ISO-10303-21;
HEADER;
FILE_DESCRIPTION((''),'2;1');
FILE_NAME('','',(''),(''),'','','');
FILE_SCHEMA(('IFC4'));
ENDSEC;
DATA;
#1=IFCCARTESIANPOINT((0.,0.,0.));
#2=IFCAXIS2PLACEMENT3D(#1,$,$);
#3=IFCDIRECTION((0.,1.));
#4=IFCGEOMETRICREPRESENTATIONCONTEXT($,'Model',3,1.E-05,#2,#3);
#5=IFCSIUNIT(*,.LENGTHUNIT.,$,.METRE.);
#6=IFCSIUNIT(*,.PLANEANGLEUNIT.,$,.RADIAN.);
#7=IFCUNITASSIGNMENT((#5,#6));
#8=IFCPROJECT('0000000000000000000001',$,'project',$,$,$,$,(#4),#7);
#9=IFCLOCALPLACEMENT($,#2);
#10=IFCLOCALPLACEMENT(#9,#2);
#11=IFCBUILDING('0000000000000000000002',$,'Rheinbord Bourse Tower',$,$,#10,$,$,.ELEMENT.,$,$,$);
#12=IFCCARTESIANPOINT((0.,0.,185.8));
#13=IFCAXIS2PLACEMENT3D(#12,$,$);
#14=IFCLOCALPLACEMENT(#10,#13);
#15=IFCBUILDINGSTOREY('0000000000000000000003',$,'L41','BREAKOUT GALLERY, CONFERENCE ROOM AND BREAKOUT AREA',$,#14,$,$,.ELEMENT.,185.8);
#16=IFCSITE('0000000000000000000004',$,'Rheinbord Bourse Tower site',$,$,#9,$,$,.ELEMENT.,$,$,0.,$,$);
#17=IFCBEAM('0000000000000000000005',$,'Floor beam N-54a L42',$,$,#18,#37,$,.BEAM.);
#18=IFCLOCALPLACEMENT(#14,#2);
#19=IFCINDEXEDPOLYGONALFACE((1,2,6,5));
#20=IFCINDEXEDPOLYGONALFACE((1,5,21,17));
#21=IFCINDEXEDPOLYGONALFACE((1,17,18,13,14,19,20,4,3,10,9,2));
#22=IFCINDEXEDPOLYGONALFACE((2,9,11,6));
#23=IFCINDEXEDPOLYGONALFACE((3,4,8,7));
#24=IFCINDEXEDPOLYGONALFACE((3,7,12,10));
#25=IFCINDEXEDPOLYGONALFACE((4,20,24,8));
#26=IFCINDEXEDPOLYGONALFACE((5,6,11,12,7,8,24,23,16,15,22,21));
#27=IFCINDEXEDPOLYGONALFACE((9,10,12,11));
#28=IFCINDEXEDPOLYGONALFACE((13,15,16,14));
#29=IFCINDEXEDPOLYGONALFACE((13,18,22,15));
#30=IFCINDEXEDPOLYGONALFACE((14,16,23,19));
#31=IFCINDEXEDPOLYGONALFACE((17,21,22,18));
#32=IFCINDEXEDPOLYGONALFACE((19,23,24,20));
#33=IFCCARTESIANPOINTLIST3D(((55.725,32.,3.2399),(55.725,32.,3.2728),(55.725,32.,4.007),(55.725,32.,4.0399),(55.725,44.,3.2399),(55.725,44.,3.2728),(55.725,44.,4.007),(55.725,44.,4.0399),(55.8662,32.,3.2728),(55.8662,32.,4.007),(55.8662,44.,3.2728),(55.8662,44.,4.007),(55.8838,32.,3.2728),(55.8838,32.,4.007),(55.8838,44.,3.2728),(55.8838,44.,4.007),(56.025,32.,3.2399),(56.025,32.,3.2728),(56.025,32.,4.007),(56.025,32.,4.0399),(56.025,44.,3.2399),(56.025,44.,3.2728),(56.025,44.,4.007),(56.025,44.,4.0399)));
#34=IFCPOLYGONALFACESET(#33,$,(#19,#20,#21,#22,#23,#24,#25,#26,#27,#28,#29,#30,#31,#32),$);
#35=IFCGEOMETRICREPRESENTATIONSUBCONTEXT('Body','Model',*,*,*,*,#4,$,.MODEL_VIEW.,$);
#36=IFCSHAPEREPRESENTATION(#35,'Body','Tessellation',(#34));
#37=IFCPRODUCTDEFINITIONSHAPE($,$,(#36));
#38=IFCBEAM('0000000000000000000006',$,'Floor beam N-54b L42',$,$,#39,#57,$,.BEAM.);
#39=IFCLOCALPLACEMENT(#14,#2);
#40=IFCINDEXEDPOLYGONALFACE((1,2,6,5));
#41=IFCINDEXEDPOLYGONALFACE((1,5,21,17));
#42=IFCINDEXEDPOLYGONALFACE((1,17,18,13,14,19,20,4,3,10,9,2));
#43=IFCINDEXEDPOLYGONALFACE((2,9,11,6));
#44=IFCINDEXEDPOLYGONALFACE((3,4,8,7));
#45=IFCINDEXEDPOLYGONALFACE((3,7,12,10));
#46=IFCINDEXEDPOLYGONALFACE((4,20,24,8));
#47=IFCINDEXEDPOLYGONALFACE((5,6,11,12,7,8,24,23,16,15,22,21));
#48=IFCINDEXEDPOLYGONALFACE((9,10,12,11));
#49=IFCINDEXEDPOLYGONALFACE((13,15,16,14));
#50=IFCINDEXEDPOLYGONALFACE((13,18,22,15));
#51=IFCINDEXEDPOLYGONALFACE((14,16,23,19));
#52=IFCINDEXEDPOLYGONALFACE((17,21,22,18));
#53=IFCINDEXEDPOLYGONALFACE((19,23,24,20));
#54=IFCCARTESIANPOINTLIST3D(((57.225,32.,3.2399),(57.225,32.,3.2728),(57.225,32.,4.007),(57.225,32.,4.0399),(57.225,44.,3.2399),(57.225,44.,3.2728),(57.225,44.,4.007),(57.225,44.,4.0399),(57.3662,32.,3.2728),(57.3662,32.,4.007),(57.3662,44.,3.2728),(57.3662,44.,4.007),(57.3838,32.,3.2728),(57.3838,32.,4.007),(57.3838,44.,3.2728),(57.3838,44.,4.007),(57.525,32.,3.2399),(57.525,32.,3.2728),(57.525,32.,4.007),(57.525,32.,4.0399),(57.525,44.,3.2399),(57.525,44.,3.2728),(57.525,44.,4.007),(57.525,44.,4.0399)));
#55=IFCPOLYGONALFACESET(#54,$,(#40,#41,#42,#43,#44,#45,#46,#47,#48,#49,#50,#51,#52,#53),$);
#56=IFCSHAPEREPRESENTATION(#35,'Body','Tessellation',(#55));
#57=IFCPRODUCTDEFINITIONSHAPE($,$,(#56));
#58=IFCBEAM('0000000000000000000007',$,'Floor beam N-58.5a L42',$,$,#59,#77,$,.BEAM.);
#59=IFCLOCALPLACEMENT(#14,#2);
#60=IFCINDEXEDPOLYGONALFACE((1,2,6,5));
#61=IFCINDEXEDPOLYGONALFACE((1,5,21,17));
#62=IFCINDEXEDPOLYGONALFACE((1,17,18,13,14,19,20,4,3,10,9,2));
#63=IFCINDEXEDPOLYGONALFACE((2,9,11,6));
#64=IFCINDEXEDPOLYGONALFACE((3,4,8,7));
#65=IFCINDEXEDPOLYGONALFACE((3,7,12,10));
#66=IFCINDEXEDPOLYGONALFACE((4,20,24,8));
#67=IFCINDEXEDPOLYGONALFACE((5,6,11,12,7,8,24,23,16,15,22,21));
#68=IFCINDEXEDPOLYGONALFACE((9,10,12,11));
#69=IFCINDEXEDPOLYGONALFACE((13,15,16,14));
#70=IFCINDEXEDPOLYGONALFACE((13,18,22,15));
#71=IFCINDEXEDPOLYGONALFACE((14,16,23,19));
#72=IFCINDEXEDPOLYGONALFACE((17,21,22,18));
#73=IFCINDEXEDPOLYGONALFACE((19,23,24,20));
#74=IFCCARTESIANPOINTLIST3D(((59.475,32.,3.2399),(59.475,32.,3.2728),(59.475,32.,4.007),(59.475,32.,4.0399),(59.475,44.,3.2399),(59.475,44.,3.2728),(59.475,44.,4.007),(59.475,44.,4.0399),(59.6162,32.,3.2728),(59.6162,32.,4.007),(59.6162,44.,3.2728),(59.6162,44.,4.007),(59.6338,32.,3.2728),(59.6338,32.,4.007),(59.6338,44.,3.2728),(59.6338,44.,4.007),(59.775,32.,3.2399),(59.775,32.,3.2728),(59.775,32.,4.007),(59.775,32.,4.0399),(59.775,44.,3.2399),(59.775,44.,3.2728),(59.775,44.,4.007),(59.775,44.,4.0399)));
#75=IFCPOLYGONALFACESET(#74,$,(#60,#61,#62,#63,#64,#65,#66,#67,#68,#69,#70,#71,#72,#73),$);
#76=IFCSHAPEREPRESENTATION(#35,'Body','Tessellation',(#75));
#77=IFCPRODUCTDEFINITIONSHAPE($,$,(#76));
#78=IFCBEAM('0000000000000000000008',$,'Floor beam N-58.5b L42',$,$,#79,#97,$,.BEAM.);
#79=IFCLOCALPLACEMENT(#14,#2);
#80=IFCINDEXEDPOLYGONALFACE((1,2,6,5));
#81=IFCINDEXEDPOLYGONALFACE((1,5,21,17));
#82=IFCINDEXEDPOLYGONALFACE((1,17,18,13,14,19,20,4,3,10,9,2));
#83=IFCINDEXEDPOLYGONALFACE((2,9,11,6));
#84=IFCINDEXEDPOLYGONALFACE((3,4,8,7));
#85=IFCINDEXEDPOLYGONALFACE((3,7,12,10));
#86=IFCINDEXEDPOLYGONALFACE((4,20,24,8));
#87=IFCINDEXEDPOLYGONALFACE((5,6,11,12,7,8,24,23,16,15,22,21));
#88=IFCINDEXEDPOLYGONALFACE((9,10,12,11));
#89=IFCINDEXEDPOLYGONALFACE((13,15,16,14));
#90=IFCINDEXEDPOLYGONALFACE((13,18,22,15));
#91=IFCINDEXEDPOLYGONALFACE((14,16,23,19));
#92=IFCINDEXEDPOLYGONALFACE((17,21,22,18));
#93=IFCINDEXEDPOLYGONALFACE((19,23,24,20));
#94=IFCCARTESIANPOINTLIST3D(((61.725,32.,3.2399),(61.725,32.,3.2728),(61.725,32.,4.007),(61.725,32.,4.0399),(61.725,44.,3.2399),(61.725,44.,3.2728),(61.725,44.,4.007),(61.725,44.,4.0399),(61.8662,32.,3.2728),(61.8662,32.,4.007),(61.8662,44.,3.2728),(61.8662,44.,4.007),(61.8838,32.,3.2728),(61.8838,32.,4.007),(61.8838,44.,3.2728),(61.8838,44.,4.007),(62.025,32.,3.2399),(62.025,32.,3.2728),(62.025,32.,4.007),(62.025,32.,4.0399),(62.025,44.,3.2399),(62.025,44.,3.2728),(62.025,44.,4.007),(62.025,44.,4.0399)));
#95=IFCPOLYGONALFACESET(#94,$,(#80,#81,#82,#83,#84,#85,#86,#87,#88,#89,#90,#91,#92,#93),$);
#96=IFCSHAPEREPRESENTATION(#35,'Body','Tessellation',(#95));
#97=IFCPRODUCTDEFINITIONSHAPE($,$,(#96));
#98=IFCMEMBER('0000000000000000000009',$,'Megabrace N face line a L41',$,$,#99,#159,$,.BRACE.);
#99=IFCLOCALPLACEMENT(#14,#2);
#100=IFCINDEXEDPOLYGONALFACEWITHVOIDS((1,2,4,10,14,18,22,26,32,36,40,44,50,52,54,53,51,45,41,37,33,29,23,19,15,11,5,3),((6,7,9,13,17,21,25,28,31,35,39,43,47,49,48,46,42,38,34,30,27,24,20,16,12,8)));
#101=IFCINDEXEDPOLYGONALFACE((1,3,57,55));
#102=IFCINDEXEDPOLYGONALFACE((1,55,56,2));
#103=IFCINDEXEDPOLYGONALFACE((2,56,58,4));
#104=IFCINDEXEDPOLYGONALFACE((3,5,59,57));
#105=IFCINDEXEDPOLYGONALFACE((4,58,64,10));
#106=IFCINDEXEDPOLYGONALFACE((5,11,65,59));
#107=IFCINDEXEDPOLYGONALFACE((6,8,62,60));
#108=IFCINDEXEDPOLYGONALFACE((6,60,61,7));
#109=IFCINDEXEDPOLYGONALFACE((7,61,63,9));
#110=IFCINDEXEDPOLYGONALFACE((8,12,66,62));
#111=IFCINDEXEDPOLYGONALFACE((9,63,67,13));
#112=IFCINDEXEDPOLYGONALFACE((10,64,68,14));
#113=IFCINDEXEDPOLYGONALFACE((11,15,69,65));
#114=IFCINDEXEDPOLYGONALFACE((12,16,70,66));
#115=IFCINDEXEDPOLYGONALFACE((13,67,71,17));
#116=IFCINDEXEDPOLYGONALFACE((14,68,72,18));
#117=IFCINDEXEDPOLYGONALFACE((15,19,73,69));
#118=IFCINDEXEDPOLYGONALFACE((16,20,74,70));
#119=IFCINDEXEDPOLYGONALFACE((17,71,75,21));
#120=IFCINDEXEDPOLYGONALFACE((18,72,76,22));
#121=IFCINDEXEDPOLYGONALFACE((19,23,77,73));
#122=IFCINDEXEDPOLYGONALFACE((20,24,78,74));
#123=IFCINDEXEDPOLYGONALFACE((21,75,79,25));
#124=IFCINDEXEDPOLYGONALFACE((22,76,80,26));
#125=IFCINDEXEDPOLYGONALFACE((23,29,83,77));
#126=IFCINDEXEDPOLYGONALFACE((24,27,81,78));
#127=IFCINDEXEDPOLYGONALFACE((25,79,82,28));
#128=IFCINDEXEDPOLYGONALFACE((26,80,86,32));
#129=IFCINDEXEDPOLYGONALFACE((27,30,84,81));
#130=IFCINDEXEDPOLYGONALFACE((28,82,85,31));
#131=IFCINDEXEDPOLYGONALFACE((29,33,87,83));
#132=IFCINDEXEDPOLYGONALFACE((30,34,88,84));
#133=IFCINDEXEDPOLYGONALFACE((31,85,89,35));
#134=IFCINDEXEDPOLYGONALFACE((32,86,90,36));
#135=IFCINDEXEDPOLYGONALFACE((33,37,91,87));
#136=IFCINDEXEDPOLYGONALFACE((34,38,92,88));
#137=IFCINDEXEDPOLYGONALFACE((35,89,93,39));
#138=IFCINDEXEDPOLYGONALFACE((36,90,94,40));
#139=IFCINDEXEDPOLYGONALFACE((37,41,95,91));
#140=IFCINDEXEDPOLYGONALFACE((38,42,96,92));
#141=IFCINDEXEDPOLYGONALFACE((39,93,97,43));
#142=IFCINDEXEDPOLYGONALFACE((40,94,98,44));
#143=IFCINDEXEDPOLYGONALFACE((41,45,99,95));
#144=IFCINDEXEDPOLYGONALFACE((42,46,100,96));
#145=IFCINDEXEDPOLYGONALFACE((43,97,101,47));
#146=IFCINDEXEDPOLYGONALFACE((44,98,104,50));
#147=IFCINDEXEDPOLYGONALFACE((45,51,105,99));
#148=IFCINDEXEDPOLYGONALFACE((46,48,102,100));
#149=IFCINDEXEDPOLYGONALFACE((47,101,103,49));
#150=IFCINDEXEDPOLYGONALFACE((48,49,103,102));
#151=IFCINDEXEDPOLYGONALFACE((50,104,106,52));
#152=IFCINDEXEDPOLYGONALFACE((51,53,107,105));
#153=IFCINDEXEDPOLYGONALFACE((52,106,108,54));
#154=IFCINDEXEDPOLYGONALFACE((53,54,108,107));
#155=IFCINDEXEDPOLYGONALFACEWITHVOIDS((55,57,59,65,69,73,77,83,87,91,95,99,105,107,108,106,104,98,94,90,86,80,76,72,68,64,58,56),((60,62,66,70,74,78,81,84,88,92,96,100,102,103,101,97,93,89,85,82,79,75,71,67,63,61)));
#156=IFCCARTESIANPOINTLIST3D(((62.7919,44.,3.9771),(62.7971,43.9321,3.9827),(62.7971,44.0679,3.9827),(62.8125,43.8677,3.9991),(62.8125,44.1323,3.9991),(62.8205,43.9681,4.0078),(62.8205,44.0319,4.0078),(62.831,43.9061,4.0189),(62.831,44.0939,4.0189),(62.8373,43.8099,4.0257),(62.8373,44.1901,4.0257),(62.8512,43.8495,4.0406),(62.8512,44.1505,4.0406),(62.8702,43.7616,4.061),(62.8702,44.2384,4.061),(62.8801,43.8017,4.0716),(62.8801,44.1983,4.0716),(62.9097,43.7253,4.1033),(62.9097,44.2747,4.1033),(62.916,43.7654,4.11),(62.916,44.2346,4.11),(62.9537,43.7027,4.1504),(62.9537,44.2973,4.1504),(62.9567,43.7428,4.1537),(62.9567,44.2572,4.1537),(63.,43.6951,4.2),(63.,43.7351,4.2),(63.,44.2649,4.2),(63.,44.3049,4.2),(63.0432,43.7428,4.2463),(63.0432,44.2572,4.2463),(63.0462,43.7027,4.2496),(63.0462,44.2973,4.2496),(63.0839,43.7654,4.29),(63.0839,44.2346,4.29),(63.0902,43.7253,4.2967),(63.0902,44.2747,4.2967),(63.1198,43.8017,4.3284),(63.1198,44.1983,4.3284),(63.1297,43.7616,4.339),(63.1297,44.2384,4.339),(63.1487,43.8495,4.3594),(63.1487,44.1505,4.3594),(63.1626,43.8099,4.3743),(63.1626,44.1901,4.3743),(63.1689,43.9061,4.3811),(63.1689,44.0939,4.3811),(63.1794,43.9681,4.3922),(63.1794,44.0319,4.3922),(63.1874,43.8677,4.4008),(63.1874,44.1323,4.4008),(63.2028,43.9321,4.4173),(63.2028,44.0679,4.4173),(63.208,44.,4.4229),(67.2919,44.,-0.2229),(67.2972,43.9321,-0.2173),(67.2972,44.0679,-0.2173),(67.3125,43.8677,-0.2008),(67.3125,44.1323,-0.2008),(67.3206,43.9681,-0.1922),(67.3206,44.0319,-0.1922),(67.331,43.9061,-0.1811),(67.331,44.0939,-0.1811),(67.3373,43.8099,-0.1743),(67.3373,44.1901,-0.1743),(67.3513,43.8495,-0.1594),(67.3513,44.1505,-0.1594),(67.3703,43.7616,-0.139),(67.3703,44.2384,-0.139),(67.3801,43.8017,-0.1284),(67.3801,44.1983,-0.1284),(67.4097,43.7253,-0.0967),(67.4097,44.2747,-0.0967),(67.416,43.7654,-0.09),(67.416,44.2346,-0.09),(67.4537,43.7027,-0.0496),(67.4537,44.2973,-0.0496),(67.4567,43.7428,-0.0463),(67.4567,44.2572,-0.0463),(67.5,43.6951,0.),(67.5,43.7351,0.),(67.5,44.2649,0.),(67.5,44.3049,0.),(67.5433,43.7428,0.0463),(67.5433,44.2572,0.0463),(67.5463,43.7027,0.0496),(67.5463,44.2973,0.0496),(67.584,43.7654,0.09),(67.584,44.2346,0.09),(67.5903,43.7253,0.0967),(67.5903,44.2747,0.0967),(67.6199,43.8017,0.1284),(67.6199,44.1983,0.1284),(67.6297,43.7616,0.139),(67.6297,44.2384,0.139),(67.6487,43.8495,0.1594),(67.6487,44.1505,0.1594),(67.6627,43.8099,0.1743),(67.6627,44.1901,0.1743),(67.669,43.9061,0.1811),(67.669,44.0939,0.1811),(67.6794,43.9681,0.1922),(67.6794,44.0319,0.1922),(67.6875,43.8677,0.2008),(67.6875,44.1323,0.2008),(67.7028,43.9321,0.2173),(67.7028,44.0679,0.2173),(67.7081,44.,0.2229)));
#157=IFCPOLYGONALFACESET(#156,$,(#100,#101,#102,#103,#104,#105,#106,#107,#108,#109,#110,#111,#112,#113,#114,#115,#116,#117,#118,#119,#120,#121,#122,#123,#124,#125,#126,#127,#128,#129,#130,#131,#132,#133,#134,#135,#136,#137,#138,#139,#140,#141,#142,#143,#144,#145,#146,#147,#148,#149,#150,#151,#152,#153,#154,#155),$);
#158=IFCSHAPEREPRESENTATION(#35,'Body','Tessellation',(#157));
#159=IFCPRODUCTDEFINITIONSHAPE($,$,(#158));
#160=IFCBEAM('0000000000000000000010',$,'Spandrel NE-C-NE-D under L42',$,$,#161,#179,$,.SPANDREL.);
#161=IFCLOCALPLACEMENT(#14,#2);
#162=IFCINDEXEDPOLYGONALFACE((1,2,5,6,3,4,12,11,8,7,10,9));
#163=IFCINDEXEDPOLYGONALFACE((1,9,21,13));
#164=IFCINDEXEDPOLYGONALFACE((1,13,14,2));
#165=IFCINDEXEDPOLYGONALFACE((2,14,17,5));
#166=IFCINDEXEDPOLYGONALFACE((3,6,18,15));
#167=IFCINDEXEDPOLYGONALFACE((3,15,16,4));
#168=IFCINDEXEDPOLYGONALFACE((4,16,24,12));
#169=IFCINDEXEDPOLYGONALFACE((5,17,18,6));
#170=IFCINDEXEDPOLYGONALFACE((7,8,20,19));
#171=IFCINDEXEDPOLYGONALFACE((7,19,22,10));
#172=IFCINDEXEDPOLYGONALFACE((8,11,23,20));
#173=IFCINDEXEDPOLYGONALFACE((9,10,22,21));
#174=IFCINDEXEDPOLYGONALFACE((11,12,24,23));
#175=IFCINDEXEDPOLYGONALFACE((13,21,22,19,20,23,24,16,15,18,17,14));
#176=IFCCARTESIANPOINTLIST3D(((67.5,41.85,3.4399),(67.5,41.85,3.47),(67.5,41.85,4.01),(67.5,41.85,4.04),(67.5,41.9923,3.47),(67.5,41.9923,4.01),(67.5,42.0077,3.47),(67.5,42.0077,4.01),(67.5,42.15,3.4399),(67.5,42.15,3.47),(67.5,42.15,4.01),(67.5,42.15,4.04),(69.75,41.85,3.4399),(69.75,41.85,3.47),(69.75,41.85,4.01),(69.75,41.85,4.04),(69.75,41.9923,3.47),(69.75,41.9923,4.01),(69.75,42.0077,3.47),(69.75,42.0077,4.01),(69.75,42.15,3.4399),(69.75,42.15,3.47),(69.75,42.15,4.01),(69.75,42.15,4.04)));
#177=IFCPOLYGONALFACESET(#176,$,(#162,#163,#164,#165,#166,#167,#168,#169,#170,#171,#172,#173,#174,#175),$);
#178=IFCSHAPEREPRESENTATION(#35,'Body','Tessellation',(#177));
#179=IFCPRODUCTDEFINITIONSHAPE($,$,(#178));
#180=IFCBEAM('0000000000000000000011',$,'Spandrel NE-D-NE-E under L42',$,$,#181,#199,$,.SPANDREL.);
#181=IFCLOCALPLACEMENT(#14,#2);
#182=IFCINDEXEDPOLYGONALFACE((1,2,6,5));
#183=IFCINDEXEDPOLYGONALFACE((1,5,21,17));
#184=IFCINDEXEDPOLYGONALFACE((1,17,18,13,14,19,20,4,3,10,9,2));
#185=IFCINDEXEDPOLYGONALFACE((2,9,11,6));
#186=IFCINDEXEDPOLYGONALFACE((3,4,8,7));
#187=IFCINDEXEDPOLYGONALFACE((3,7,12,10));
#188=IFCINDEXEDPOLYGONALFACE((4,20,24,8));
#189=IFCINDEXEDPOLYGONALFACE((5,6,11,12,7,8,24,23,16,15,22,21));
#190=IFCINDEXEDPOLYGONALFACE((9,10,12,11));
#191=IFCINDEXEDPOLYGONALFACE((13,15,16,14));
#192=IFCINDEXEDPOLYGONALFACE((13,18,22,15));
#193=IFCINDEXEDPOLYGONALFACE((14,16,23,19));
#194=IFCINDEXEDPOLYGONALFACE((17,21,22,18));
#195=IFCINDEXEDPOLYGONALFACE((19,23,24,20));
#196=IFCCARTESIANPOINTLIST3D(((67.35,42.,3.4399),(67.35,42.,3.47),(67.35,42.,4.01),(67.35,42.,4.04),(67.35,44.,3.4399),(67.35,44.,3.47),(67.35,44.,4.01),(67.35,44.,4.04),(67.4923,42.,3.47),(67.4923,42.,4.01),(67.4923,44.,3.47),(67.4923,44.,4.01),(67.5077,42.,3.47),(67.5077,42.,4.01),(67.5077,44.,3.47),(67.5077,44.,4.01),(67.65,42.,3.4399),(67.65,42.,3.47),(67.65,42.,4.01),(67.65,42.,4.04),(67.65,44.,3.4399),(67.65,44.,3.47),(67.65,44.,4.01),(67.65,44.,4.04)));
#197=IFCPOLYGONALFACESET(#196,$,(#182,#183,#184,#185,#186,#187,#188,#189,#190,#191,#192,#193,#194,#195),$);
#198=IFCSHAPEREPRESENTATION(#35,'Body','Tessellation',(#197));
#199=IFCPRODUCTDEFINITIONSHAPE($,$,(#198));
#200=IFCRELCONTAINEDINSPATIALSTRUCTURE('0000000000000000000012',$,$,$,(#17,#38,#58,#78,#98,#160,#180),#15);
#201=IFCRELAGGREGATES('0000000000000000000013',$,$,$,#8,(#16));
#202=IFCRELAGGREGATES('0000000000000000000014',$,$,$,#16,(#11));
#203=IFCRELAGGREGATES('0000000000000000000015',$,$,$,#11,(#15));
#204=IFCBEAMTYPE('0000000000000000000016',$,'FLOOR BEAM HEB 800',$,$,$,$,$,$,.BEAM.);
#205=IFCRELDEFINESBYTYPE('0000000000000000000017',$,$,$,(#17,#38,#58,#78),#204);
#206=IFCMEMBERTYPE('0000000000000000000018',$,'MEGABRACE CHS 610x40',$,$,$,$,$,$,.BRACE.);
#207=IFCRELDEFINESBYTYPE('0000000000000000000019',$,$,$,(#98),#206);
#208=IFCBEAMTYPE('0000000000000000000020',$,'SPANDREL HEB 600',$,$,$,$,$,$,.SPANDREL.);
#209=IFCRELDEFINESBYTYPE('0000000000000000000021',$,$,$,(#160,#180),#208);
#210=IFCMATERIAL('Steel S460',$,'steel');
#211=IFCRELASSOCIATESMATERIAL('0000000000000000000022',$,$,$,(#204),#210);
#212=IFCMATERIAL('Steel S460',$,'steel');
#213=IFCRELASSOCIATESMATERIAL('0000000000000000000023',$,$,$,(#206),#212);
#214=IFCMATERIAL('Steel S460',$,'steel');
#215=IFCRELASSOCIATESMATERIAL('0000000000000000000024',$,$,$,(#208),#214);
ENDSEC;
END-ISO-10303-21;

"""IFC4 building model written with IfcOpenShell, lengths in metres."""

from ifc_helpers import new_model, si_unit, direction, frame, origin, origin_2d, place, context, subcontext, project, spatial, hollow_circle, i_section, extrude, material, material_profile, profile_set, type_object, element, save


model = new_model("IFC4")

# Units and contexts
model_context = context("Model", 3, precision=1e-05, world=origin(), true_north=direction((0.0, 1.0)))
body_context = subcontext(model_context, "Body", "Model", "MODEL_VIEW")
ifc_project = project(units=[si_unit("LENGTHUNIT", "METRE"), si_unit("PLANEANGLEUNIT", "RADIAN")], contexts=[model_context])

# Site, building, storey
site_placement = place(None, origin())
site = spatial("IfcSite", under=ifc_project, at=site_placement, Name="Rheinbord Bourse Tower site", CompositionType="ELEMENT", RefElevation=0.0)
building_placement = place(site_placement, origin())
building = spatial("IfcBuilding", under=site, at=building_placement, Name="Rheinbord Bourse Tower", CompositionType="ELEMENT")
storey_placement = place(building_placement, frame((0.0, 0.0, 185.8)))
storey = spatial("IfcBuildingStorey", under=building, at=storey_placement, Name="L41", Description="BREAKOUT GALLERY, CONFERENCE ROOM AND BREAKOUT AREA", CompositionType="ELEMENT", Elevation=185.8)

# Beams
ifc_material_1 = material(Name="Steel S460", Category="steel")
ifc_material_profile_1 = material_profile(ifc_material_1, i_section(OverallWidth=0.3, OverallDepth=0.8, WebThickness=0.0176, FlangeThickness=0.033, at=origin_2d()), Name="HEB 800")
ifc_profile_set_1 = profile_set([ifc_material_profile_1], Name="Steel S460")
beam_type_1 = type_object("IfcBeamType", Name="FLOOR BEAM HEB 800", PredefinedType="BEAM", material=ifc_profile_set_1)
for number, where, z_axis, x_axis, name in (
    (1, (55.875, 44.0, 3.6399), (0.0, -1.0, 0.0), (1.0, 0.0, 0.0), "Floor beam N-54a L42"),
    (2, (57.375, 44.0, 3.6399), (0.0, -1.0, 0.0), (1.0, 0.0, 0.0), "Floor beam N-54b L42"),
    (3, (59.625, 44.0, 3.6399), (0.0, -1.0, 0.0), (1.0, 0.0, 0.0), "Floor beam N-58.5a L42"),
    (4, (61.875, 44.0, 3.6399), (0.0, -1.0, 0.0), (1.0, 0.0, 0.0), "Floor beam N-58.5b L42"),
):
    element("IfcBeam", number, at=place(storey_placement, frame(where, z_axis=z_axis, x_axis=x_axis)), inside=storey, type_object=beam_type_1, Name=name, PredefinedType="BEAM", context=body_context, shape_type="SweptSolid", body=[
        extrude(i_section(OverallWidth=0.3, OverallDepth=0.8, WebThickness=0.0176, FlangeThickness=0.033, at=origin_2d()), origin(), (0.0, 0.0, 1.0), 12.0),
    ])

# Member
ifc_material_2 = material(Name="Steel S460", Category="steel")
ifc_material_profile_2 = material_profile(ifc_material_2, hollow_circle(Radius=0.3049, WallThickness=0.04, at=origin_2d()), Name="CHS 610x40")
ifc_profile_set_2 = profile_set([ifc_material_profile_2], Name="Steel S460")
member_type_1 = type_object("IfcMemberType", Name="MEGABRACE CHS 610x40", PredefinedType="BRACE", material=ifc_profile_set_2)
member_1_placement = place(storey_placement, frame((67.5, 44.0, 0.0), z_axis=(-0.731059, 0.0, 0.682314), x_axis=(0.0, -1.0, 0.0)))
element("IfcMember", 5, at=member_1_placement, inside=storey, type_object=member_type_1, Name="Megabrace N face line a L41", PredefinedType="BRACE", context=body_context, shape_type="SweptSolid", body=[
    extrude(hollow_circle(Radius=0.3049, WallThickness=0.04, at=origin_2d()), origin(), (0.0, 0.0, 1.0), 6.1555),
])

# Beams
ifc_material_3 = material(Name="Steel S460", Category="steel")
ifc_material_profile_3 = material_profile(ifc_material_3, i_section(OverallWidth=0.3, OverallDepth=0.6001, WebThickness=0.0154, FlangeThickness=0.03, at=origin_2d()), Name="HEB 600")
ifc_profile_set_3 = profile_set([ifc_material_profile_3], Name="Steel S460")
beam_type_2 = type_object("IfcBeamType", Name="SPANDREL HEB 600", PredefinedType="SPANDREL", material=ifc_profile_set_3)
beam_1_placement = place(storey_placement, frame((69.75, 42.0, 3.74), z_axis=(-1.0, 0.0, 0.0), x_axis=(0.0, -1.0, 0.0)))
element("IfcBeam", 6, at=beam_1_placement, inside=storey, type_object=beam_type_2, Name="Spandrel NE-C-NE-D under L42", PredefinedType="SPANDREL", context=body_context, shape_type="SweptSolid", body=[
    extrude(i_section(OverallWidth=0.3, OverallDepth=0.6001, WebThickness=0.0154, FlangeThickness=0.03, at=origin_2d()), origin(), (0.0, 0.0, 1.0), 2.25),
])
beam_2_placement = place(storey_placement, frame((67.5, 42.0, 3.74), z_axis=(0.0, 1.0, 0.0), x_axis=(-1.0, 0.0, 0.0)))
element("IfcBeam", 7, at=beam_2_placement, inside=storey, type_object=beam_type_2, Name="Spandrel NE-D-NE-E under L42", PredefinedType="SPANDREL", context=body_context, shape_type="SweptSolid", body=[
    extrude(i_section(OverallWidth=0.3, OverallDepth=0.6001, WebThickness=0.0154, FlangeThickness=0.03, at=origin_2d()), origin(), (0.0, 0.0, 1.0), 2.0),
])

save(model, "model.ifc")
